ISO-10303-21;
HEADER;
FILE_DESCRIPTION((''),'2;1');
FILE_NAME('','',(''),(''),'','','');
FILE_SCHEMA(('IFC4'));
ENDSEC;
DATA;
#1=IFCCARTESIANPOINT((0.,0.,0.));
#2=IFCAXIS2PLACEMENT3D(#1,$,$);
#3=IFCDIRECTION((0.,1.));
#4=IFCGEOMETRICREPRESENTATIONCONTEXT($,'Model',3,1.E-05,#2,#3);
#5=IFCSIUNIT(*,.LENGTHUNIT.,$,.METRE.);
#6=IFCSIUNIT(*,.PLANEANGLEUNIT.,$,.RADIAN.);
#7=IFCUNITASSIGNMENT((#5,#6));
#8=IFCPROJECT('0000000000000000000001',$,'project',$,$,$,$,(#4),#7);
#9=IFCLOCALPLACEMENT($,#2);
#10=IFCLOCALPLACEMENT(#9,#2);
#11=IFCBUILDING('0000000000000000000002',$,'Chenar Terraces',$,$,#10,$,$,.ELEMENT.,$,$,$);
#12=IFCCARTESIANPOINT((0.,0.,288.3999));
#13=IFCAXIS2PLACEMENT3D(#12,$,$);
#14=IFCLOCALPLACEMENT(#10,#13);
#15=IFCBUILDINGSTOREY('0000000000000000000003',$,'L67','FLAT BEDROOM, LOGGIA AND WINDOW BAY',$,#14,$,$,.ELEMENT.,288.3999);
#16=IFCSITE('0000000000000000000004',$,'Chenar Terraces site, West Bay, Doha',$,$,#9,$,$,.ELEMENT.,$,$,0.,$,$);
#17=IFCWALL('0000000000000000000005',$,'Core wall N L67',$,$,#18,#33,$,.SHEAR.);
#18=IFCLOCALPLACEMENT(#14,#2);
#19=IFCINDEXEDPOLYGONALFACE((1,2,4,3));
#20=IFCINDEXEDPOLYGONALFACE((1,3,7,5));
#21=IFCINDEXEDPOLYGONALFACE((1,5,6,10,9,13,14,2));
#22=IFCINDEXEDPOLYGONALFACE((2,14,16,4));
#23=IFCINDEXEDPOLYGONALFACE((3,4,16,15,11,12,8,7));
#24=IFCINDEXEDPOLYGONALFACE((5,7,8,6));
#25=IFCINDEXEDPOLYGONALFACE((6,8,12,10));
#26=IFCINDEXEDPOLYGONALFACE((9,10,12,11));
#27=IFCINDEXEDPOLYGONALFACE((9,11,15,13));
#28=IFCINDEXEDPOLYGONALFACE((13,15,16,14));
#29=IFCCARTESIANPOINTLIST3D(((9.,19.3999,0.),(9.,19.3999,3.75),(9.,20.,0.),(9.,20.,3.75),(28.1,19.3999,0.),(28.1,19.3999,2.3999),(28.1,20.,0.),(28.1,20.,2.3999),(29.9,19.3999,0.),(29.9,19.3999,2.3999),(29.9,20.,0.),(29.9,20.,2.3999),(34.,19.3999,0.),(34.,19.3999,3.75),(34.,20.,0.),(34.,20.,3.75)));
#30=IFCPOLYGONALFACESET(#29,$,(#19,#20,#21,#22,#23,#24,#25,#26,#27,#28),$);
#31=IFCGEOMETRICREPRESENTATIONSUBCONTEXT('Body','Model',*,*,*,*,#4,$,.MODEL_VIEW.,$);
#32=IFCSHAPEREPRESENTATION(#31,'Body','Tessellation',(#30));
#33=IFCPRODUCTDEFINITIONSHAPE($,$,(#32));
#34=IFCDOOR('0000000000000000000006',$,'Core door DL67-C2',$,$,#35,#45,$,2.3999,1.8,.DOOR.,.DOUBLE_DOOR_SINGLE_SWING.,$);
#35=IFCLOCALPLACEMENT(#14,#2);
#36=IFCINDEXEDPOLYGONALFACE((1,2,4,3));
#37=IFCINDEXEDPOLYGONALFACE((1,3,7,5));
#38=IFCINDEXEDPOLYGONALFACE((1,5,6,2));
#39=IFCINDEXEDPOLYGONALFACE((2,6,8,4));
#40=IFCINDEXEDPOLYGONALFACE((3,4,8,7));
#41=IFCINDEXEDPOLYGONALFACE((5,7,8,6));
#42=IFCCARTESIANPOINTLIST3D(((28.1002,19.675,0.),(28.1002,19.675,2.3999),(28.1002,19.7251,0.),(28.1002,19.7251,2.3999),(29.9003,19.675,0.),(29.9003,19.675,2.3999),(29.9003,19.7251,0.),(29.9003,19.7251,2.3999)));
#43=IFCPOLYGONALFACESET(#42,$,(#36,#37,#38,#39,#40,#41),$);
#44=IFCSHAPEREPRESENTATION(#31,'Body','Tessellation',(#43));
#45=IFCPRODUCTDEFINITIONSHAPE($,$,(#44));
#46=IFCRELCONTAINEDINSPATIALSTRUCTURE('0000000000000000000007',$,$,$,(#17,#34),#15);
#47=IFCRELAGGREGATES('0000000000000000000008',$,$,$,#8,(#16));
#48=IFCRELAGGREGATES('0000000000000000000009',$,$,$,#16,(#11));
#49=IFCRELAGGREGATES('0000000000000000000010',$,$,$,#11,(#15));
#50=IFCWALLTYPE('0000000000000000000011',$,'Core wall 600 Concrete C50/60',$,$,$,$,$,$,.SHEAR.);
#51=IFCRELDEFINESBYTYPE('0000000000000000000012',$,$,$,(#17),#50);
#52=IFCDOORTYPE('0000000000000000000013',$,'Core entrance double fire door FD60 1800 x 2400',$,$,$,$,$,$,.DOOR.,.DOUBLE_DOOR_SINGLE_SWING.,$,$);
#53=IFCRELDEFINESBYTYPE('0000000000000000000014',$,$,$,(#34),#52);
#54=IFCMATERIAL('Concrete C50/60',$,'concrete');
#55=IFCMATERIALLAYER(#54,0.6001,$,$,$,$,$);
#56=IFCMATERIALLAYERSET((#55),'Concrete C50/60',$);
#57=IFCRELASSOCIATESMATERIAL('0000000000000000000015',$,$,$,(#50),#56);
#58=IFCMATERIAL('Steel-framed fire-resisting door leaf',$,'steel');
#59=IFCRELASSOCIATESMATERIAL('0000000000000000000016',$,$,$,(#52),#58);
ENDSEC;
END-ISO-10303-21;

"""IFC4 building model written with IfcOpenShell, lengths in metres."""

from ifc_helpers import new_model, si_unit, direction, frame, frame_2d, origin, place, context, subcontext, project, spatial, rectangle, extrude, material, layer, layer_set, type_object, element, fill, save


model = new_model("IFC4")

# Units and contexts
model_context = context("Model", 3, precision=1e-05, world=origin(), true_north=direction((0.0, 1.0)))
body_context = subcontext(model_context, "Body", "Model", "MODEL_VIEW")
ifc_project = project(units=[si_unit("LENGTHUNIT", "METRE"), si_unit("PLANEANGLEUNIT", "RADIAN")], contexts=[model_context])

# Site, building, storey
site_placement = place(None, origin())
site = spatial("IfcSite", under=ifc_project, at=site_placement, Name="Chenar Terraces site, West Bay, Doha", CompositionType="ELEMENT", RefElevation=0.0)
building_placement = place(site_placement, origin())
building = spatial("IfcBuilding", under=site, at=building_placement, Name="Chenar Terraces", CompositionType="ELEMENT")
storey_placement = place(building_placement, frame((0.0, 0.0, 288.3999)))
storey = spatial("IfcBuildingStorey", under=building, at=storey_placement, Name="L67", Description="FLAT BEDROOM, LOGGIA AND WINDOW BAY", CompositionType="ELEMENT", Elevation=288.3999)

# Wall, opening, door
ifc_material_1 = material(Name="Concrete C50/60", Category="concrete")
ifc_layer_1 = layer(ifc_material_1, 0.6001)
ifc_layer_set_1 = layer_set([ifc_layer_1], Name="Concrete C50/60")
wall_type_1 = type_object("IfcWallType", Name="Core wall 600 Concrete C50/60", PredefinedType="SHEAR", material=ifc_layer_set_1)
wall_1_placement = place(storey_placement, frame((9.0, 19.7, 0.0), z_axis=(0.0, 0.0, 1.0), x_axis=(1.0, 0.0, 0.0)))
wall_1 = element("IfcWall", 1, at=wall_1_placement, inside=storey, type_object=wall_type_1, Name="Core wall N L67", PredefinedType="SHEAR", context=body_context, shape_type="SweptSolid", body=[
    extrude(rectangle(XDim=25.0, YDim=0.6001, at=frame_2d((12.5, 0.0))), origin(), (0.0, 0.0, 1.0), 3.75),
])
opening_1_placement = place(wall_1_placement, frame((19.1001, 0.0, 0.0)))
opening_1 = element("IfcOpeningElement", 2, at=opening_1_placement, cuts=wall_1, PredefinedType="OPENING", context=body_context, shape_type="SweptSolid", body=[
    extrude(rectangle(XDim=1.8, YDim=2.3999, at=frame_2d((0.8999, 1.2))), frame((0.0, 0.3101, 0.0), z_axis=(0.0, -1.0, 0.0), x_axis=(1.0, 0.0, 0.0)), (0.0, 0.0, 1.0), 0.6201),
])
ifc_material_2 = material(Name="Steel-framed fire-resisting door leaf", Category="steel")
door_type_1 = type_object("IfcDoorType", Name="Core entrance double fire door FD60 1800 x 2400", OperationType="DOUBLE_DOOR_SINGLE_SWING", PredefinedType="DOOR", material=ifc_material_2)
door_1_placement = place(opening_1_placement, frame((1.8, 0.0, 0.0), z_axis=(0.0, 0.0, 1.0), x_axis=(-1.0, 0.0, 0.0)))
door_1 = element("IfcDoor", 3, at=door_1_placement, inside=storey, type_object=door_type_1, Name="Core door DL67-C2", OperationType="DOUBLE_DOOR_SINGLE_SWING", OverallHeight=2.3999, OverallWidth=1.8, PredefinedType="DOOR", context=body_context, shape_type="SweptSolid", body=[
    extrude(rectangle(XDim=1.8, YDim=2.3999, at=frame_2d((0.8999, 1.2))), frame((0.0, 0.0249, 0.0), z_axis=(0.0, -1.0, 0.0), x_axis=(1.0, 0.0, 0.0)), (0.0, 0.0, 1.0), 0.05),
])
fill(opening_1, door_1)

save(model, "model.ifc")
